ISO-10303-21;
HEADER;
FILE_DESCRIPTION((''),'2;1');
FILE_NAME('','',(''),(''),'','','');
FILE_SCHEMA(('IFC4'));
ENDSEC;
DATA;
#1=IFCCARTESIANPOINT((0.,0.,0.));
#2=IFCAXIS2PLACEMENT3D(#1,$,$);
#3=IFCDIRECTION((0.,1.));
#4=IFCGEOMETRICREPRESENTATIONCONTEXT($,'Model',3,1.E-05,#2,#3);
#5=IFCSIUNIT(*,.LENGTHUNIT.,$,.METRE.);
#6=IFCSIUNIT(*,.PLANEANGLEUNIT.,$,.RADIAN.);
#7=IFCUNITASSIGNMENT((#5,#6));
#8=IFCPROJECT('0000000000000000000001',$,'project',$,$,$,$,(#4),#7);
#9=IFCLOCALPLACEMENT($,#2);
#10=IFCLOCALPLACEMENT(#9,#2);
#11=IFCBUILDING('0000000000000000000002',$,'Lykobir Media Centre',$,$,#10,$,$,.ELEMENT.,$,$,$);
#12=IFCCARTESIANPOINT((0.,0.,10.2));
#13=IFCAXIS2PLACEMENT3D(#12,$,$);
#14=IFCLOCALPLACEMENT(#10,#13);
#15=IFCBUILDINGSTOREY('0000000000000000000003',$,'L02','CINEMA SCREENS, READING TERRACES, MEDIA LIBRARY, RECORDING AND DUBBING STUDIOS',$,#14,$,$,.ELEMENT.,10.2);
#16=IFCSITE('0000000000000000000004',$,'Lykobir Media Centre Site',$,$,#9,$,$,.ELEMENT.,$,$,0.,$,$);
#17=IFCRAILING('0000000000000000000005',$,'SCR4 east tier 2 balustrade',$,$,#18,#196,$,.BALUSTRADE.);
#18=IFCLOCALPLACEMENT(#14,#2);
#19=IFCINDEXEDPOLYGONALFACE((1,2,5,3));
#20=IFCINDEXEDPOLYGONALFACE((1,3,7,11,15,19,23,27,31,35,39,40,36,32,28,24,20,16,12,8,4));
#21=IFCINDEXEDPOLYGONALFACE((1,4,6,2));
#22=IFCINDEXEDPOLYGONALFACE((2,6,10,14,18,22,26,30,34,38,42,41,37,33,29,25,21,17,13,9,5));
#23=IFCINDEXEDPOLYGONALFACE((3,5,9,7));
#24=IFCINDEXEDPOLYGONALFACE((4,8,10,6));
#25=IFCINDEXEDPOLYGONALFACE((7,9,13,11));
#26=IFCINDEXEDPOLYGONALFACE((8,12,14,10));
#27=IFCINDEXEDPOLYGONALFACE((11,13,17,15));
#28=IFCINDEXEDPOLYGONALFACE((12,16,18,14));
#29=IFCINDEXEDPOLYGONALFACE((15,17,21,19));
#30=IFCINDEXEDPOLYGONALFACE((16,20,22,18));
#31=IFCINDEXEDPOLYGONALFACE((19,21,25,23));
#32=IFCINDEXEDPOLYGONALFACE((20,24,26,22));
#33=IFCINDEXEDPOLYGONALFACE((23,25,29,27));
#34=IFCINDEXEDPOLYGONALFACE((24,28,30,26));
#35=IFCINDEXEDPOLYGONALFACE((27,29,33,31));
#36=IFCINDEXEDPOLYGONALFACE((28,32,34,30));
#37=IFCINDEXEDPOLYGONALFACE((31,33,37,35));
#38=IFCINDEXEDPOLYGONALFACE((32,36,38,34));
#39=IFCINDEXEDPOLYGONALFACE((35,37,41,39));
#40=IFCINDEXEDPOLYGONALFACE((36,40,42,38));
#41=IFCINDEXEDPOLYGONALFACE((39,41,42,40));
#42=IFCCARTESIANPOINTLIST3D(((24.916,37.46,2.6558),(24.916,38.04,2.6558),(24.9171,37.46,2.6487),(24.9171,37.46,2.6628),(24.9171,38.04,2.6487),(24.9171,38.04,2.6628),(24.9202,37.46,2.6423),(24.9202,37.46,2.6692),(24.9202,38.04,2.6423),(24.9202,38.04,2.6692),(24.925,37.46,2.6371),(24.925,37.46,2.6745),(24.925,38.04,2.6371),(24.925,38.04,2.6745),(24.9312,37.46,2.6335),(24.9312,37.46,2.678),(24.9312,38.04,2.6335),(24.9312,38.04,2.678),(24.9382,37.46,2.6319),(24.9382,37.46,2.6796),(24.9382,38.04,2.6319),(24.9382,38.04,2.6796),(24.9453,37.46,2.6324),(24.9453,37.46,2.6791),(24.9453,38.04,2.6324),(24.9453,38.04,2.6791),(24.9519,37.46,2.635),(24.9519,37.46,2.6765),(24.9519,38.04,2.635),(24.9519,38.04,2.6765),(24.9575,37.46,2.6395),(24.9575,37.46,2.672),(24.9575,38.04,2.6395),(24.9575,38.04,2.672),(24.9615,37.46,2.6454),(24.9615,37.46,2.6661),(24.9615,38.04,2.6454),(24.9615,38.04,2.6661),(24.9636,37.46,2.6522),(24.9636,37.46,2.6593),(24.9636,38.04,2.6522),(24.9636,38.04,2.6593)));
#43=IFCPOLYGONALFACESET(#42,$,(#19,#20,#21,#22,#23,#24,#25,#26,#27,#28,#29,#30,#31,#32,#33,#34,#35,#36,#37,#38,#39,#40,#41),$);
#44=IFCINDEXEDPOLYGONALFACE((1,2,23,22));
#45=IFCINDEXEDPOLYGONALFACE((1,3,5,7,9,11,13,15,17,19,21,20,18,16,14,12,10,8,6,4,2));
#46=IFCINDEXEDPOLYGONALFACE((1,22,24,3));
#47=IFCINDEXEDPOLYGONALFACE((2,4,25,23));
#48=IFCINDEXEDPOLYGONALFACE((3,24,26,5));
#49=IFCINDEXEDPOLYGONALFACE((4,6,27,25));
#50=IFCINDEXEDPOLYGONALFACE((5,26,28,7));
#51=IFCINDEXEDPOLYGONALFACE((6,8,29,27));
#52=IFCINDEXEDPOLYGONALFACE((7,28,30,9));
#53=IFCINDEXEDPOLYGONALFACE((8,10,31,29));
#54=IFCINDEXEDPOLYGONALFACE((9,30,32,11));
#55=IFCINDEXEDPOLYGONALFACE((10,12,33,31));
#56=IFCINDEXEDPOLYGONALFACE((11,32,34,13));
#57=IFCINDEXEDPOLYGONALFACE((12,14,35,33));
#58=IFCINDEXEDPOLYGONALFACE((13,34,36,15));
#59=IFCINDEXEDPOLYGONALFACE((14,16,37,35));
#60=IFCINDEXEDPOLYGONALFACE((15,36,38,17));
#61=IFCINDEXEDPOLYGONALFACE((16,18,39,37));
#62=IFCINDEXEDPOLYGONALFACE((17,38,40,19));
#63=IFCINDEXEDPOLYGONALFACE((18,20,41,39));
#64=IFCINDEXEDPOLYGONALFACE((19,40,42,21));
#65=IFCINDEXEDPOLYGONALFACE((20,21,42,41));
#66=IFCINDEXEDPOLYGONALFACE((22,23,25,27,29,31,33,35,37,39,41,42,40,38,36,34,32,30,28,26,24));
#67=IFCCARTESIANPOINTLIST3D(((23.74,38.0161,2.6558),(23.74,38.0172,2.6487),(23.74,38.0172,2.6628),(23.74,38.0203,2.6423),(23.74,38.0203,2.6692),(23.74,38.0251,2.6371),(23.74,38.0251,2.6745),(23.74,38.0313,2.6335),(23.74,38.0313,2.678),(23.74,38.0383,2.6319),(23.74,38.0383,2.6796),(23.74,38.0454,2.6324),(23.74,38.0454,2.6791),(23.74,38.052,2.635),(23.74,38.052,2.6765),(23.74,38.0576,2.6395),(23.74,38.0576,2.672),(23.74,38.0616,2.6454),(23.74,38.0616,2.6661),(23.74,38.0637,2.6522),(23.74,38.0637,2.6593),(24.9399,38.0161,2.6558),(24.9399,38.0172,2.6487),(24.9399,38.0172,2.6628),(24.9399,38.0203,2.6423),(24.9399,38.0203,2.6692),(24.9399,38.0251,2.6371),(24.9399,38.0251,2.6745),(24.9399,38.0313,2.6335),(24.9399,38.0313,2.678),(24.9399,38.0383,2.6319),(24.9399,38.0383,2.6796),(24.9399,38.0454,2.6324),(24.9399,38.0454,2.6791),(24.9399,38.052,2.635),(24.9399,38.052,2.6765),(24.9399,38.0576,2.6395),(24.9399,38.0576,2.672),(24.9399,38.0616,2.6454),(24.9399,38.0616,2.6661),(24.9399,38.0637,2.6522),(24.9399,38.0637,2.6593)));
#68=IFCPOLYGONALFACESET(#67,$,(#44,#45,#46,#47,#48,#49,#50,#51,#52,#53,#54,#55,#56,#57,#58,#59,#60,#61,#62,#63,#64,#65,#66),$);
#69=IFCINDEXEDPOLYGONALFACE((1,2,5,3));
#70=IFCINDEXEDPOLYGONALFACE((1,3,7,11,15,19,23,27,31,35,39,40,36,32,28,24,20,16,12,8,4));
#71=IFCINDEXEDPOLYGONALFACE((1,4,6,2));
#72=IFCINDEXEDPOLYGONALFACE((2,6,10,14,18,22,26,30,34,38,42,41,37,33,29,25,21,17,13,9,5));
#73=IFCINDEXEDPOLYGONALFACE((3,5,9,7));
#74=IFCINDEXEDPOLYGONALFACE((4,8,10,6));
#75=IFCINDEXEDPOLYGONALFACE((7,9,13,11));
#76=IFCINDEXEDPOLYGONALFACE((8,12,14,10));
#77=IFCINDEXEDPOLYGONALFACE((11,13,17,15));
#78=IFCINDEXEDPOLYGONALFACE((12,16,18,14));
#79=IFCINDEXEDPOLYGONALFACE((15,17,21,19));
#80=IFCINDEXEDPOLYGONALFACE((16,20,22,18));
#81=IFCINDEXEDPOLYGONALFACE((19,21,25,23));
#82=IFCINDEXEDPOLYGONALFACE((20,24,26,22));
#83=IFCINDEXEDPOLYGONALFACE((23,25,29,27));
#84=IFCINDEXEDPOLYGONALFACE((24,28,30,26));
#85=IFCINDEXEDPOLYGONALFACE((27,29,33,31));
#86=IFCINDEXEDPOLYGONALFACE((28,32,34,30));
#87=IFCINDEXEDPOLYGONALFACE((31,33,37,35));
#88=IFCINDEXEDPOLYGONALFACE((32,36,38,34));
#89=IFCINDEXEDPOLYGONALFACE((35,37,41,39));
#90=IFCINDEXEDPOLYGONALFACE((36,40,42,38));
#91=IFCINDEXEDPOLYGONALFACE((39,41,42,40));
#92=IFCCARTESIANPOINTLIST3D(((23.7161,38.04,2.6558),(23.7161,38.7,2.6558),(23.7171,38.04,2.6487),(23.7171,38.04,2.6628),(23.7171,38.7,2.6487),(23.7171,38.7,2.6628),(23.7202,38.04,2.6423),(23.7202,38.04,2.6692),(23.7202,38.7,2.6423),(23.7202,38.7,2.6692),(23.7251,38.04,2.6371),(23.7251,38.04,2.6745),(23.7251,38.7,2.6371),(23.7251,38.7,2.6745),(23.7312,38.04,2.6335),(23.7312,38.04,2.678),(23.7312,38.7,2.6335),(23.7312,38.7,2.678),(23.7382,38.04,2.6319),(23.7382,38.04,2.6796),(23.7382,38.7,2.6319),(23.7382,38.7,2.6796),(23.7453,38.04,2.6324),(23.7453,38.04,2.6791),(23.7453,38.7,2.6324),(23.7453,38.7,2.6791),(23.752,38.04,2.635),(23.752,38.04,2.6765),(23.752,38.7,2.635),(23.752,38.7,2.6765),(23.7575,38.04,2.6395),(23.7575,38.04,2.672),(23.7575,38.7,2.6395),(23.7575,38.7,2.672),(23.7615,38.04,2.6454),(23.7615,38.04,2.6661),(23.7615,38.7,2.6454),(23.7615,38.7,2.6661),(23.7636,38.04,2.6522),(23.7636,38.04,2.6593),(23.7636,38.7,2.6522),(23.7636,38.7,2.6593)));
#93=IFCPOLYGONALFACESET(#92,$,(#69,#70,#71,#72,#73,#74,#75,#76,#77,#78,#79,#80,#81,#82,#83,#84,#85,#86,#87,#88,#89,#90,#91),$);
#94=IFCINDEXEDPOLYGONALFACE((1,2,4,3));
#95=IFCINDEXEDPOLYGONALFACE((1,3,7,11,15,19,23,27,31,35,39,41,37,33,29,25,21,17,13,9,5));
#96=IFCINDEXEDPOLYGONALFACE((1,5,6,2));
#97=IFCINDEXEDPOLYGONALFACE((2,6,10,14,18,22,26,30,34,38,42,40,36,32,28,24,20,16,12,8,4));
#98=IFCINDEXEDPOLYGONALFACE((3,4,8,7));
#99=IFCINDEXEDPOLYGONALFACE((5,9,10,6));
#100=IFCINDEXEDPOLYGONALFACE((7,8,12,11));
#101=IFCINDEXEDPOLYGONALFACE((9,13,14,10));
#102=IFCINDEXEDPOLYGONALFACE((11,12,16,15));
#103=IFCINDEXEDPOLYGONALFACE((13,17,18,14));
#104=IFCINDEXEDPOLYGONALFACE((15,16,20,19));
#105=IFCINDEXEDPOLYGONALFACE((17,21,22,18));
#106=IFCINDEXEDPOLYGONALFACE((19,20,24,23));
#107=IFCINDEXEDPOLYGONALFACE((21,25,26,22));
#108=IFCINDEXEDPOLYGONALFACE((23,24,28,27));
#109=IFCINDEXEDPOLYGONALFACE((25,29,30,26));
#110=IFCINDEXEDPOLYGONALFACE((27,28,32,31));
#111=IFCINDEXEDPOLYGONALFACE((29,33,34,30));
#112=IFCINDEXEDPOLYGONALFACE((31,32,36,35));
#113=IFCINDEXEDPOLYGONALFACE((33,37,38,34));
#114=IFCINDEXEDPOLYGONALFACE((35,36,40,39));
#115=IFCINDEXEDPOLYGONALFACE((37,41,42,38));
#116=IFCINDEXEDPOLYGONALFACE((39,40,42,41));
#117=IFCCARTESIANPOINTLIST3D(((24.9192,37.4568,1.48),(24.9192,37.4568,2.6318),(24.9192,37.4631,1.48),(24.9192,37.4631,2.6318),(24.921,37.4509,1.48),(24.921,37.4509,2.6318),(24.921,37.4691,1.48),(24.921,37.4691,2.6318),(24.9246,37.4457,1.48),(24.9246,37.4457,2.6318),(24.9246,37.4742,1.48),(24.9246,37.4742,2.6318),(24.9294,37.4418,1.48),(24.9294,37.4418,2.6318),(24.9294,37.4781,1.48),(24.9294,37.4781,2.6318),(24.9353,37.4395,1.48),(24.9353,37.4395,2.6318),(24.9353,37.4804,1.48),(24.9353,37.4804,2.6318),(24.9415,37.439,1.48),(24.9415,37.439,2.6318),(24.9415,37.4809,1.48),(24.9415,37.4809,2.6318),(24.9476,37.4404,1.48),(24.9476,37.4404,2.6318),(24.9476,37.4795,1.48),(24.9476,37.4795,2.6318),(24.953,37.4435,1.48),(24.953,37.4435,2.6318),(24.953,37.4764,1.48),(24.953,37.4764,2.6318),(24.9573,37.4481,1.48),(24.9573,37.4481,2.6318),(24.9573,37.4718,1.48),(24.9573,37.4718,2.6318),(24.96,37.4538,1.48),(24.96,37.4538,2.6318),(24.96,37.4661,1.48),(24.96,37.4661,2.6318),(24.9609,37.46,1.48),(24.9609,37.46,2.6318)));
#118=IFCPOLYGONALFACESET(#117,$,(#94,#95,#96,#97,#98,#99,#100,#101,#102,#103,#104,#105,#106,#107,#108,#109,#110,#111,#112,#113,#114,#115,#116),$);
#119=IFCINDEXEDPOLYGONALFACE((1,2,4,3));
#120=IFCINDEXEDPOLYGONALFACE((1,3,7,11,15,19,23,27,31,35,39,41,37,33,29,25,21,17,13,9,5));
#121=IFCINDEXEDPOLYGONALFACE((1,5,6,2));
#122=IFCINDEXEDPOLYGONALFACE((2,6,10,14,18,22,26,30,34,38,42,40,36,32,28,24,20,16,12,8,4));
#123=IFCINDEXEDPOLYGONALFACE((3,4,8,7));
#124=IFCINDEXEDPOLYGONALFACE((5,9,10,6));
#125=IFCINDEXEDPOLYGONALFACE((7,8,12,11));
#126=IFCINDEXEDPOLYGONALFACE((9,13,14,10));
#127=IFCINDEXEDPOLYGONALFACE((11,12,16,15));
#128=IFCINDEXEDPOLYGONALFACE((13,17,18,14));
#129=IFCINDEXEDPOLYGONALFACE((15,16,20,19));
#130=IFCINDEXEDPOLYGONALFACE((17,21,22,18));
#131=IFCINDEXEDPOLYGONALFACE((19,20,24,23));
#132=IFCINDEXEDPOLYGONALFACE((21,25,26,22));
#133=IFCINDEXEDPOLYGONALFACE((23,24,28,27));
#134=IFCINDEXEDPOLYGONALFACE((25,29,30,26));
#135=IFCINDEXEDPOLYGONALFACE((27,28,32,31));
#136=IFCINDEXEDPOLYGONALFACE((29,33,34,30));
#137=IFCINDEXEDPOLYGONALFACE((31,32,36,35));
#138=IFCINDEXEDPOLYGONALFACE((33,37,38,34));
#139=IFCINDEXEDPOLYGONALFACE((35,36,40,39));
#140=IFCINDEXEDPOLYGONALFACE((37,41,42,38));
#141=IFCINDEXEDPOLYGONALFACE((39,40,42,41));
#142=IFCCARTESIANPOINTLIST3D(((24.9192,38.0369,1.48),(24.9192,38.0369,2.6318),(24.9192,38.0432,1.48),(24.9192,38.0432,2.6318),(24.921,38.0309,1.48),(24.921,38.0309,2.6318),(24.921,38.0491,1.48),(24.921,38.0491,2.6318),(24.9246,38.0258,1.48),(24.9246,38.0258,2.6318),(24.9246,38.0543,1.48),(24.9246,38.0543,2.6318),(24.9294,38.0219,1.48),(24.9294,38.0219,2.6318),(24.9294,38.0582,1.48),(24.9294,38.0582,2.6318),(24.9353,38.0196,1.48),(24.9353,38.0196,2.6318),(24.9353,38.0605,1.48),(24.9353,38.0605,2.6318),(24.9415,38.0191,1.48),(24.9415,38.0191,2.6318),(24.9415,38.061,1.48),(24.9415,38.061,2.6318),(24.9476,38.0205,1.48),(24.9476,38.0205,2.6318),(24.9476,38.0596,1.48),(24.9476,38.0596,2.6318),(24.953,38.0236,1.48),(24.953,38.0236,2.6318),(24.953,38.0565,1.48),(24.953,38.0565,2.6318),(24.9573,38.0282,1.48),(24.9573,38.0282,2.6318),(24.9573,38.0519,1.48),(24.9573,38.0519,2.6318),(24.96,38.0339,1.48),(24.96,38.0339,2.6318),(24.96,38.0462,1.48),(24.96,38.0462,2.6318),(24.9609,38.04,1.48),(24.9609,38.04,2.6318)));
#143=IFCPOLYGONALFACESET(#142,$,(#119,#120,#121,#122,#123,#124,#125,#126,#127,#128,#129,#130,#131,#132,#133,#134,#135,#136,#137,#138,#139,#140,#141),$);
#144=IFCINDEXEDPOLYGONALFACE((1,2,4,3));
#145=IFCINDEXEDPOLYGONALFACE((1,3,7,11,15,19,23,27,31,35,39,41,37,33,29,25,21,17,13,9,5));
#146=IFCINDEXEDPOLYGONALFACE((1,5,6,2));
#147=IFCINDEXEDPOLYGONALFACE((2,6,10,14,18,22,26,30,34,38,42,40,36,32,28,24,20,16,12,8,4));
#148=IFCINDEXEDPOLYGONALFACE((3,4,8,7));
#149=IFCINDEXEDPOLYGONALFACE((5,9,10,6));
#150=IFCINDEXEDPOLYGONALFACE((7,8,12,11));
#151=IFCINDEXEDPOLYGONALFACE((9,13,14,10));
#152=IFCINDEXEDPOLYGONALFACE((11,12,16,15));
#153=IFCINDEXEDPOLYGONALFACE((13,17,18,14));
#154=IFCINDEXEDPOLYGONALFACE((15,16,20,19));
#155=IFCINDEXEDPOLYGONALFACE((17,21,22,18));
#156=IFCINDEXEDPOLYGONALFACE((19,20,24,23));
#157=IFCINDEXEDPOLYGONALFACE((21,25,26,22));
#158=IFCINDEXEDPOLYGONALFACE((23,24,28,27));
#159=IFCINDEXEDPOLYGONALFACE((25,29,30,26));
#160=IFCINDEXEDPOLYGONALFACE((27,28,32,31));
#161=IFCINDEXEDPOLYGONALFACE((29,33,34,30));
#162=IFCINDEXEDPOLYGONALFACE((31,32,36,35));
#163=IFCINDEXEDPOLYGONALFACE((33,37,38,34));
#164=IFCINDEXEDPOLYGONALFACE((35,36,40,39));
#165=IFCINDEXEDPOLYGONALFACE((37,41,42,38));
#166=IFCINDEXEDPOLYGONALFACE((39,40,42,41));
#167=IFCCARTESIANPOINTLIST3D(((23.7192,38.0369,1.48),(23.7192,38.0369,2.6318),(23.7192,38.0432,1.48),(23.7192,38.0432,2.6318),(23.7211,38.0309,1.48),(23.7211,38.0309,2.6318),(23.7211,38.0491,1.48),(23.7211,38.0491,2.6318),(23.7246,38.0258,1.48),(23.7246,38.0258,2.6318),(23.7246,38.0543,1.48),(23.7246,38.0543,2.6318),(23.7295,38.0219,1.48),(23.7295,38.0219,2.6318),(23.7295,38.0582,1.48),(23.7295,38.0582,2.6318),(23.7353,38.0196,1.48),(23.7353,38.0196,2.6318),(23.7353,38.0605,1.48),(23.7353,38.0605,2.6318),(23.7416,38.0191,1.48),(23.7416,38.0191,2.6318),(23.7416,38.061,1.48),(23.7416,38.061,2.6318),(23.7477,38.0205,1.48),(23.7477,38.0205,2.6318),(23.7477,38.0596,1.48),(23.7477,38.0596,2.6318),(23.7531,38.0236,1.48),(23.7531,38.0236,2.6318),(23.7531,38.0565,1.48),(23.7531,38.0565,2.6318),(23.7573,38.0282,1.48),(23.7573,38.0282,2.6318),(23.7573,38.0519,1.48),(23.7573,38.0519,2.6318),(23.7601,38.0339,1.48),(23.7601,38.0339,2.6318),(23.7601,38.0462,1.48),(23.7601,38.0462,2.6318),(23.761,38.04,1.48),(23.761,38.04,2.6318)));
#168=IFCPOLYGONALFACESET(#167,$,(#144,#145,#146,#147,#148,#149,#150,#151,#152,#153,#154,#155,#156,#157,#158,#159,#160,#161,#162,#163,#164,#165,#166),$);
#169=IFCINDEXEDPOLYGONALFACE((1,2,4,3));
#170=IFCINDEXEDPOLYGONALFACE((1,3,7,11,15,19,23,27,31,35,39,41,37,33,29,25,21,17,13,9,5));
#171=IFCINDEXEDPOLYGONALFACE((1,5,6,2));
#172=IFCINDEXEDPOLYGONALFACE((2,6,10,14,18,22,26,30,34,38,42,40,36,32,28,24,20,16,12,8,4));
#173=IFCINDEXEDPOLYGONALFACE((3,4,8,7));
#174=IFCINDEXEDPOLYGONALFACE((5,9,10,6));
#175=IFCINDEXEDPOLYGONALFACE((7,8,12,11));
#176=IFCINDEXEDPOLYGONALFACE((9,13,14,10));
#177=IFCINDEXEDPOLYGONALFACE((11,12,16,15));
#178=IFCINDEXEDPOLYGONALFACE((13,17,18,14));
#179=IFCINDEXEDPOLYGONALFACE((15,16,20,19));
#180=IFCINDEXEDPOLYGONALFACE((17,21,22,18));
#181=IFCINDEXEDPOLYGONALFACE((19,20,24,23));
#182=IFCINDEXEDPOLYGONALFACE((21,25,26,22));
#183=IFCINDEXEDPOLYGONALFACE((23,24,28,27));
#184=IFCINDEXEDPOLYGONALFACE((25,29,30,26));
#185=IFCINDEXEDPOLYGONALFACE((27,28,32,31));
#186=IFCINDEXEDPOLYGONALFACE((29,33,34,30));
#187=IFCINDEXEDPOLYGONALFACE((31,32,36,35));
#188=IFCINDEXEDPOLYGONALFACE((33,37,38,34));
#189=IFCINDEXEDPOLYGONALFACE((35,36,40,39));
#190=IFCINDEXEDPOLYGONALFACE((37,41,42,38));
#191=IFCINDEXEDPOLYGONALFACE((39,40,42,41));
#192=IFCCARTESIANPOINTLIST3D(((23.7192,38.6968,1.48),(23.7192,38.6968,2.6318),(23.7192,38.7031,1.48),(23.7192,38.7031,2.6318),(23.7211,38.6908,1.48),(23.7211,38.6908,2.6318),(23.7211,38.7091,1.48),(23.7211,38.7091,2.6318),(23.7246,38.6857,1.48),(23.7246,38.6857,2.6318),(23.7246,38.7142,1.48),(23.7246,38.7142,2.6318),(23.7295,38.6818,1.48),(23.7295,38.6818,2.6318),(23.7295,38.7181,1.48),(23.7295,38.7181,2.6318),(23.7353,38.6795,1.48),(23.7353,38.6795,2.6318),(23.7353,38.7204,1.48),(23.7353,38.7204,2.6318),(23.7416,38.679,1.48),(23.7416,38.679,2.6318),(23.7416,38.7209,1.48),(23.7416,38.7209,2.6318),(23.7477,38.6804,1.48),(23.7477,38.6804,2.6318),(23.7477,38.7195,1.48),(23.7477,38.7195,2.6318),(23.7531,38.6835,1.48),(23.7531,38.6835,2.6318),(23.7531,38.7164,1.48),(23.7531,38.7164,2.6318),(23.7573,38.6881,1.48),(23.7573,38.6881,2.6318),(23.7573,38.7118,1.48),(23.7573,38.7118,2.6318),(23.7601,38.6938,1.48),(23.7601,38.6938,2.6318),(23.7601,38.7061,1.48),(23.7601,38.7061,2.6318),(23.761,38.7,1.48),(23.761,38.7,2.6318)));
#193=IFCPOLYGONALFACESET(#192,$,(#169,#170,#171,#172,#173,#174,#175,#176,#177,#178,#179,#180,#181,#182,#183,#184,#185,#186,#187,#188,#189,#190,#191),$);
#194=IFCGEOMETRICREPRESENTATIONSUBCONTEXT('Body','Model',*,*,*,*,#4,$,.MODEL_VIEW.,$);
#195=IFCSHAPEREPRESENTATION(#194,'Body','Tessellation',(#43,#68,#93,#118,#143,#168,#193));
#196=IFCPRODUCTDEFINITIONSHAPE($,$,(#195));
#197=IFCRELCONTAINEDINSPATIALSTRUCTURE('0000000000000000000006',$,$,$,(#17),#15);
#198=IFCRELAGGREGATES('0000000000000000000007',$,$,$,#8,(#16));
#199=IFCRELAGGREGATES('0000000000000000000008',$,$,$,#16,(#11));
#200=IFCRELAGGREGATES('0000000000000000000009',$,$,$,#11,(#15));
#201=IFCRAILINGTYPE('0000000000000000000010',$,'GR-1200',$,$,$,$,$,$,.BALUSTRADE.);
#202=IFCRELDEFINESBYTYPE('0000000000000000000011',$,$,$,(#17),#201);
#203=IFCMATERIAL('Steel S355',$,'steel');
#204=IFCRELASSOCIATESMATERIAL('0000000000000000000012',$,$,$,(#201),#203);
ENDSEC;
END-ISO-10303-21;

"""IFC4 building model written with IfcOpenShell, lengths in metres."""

from ifc_helpers import new_model, si_unit, direction, frame, origin, origin_2d, place, context, subcontext, project, spatial, circle, extrude, material, type_object, element, save


model = new_model("IFC4")

# Units and contexts
model_context = context("Model", 3, precision=1e-05, world=origin(), true_north=direction((0.0, 1.0)))
body_context = subcontext(model_context, "Body", "Model", "MODEL_VIEW")
ifc_project = project(units=[si_unit("LENGTHUNIT", "METRE"), si_unit("PLANEANGLEUNIT", "RADIAN")], contexts=[model_context])

# Site, building, storey
site_placement = place(None, origin())
site = spatial("IfcSite", under=ifc_project, at=site_placement, Name="Lykobir Media Centre Site", CompositionType="ELEMENT", RefElevation=0.0)
building_placement = place(site_placement, origin())
building = spatial("IfcBuilding", under=site, at=building_placement, Name="Lykobir Media Centre", CompositionType="ELEMENT")
storey_placement = place(building_placement, frame((0.0, 0.0, 10.2)))
storey = spatial("IfcBuildingStorey", under=building, at=storey_placement, Name="L02", Description="CINEMA SCREENS, READING TERRACES, MEDIA LIBRARY, RECORDING AND DUBBING STUDIOS", CompositionType="ELEMENT", Elevation=10.2)

# Shared definitions
ifc_material_1 = material(Name="Steel S355", Category="steel")

# Railing
railing_type = type_object("IfcRailingType", Name="GR-1200", PredefinedType="BALUSTRADE", material=ifc_material_1)
railing_1_placement = place(storey_placement, frame((24.9399, 37.46, 1.48)))
element("IfcRailing", 1, at=railing_1_placement, inside=storey, type_object=railing_type, Name="SCR4 east tier 2 balustrade", PredefinedType="BALUSTRADE", context=body_context, shape_type="SweptSolid", body=[
    extrude(circle(Radius=0.0239, at=origin_2d()), frame((0.0, 0.0, 1.1758), z_axis=(0.0, 1.0, 0.0), x_axis=(-1.0, 0.0, 0.0)), (0.0, 0.0, 1.0), 0.5801),
    extrude(circle(Radius=0.0239, at=origin_2d()), frame((0.0, 0.5801, 1.1758), z_axis=(-1.0, 0.0, 0.0), x_axis=(0.0, -1.0, 0.0)), (0.0, 0.0, 1.0), 1.2),
    extrude(circle(Radius=0.0239, at=origin_2d()), frame((-1.2, 0.5801, 1.1758), z_axis=(0.0, 1.0, 0.0), x_axis=(-1.0, 0.0, 0.0)), (0.0, 0.0, 1.0), 0.6599),
    extrude(circle(Radius=0.021, at=origin_2d()), origin(), (0.0, 0.0, 1.0), 1.1519),
    extrude(circle(Radius=0.021, at=origin_2d()), frame((0.0, 0.5801, 0.0)), (0.0, 0.0, 1.0), 1.1519),
    extrude(circle(Radius=0.021, at=origin_2d()), frame((-1.2, 0.5801, 0.0)), (0.0, 0.0, 1.0), 1.1519),
    extrude(circle(Radius=0.021, at=origin_2d()), frame((-1.2, 1.24, 0.0)), (0.0, 0.0, 1.0), 1.1519),
])

save(model, "model.ifc")
